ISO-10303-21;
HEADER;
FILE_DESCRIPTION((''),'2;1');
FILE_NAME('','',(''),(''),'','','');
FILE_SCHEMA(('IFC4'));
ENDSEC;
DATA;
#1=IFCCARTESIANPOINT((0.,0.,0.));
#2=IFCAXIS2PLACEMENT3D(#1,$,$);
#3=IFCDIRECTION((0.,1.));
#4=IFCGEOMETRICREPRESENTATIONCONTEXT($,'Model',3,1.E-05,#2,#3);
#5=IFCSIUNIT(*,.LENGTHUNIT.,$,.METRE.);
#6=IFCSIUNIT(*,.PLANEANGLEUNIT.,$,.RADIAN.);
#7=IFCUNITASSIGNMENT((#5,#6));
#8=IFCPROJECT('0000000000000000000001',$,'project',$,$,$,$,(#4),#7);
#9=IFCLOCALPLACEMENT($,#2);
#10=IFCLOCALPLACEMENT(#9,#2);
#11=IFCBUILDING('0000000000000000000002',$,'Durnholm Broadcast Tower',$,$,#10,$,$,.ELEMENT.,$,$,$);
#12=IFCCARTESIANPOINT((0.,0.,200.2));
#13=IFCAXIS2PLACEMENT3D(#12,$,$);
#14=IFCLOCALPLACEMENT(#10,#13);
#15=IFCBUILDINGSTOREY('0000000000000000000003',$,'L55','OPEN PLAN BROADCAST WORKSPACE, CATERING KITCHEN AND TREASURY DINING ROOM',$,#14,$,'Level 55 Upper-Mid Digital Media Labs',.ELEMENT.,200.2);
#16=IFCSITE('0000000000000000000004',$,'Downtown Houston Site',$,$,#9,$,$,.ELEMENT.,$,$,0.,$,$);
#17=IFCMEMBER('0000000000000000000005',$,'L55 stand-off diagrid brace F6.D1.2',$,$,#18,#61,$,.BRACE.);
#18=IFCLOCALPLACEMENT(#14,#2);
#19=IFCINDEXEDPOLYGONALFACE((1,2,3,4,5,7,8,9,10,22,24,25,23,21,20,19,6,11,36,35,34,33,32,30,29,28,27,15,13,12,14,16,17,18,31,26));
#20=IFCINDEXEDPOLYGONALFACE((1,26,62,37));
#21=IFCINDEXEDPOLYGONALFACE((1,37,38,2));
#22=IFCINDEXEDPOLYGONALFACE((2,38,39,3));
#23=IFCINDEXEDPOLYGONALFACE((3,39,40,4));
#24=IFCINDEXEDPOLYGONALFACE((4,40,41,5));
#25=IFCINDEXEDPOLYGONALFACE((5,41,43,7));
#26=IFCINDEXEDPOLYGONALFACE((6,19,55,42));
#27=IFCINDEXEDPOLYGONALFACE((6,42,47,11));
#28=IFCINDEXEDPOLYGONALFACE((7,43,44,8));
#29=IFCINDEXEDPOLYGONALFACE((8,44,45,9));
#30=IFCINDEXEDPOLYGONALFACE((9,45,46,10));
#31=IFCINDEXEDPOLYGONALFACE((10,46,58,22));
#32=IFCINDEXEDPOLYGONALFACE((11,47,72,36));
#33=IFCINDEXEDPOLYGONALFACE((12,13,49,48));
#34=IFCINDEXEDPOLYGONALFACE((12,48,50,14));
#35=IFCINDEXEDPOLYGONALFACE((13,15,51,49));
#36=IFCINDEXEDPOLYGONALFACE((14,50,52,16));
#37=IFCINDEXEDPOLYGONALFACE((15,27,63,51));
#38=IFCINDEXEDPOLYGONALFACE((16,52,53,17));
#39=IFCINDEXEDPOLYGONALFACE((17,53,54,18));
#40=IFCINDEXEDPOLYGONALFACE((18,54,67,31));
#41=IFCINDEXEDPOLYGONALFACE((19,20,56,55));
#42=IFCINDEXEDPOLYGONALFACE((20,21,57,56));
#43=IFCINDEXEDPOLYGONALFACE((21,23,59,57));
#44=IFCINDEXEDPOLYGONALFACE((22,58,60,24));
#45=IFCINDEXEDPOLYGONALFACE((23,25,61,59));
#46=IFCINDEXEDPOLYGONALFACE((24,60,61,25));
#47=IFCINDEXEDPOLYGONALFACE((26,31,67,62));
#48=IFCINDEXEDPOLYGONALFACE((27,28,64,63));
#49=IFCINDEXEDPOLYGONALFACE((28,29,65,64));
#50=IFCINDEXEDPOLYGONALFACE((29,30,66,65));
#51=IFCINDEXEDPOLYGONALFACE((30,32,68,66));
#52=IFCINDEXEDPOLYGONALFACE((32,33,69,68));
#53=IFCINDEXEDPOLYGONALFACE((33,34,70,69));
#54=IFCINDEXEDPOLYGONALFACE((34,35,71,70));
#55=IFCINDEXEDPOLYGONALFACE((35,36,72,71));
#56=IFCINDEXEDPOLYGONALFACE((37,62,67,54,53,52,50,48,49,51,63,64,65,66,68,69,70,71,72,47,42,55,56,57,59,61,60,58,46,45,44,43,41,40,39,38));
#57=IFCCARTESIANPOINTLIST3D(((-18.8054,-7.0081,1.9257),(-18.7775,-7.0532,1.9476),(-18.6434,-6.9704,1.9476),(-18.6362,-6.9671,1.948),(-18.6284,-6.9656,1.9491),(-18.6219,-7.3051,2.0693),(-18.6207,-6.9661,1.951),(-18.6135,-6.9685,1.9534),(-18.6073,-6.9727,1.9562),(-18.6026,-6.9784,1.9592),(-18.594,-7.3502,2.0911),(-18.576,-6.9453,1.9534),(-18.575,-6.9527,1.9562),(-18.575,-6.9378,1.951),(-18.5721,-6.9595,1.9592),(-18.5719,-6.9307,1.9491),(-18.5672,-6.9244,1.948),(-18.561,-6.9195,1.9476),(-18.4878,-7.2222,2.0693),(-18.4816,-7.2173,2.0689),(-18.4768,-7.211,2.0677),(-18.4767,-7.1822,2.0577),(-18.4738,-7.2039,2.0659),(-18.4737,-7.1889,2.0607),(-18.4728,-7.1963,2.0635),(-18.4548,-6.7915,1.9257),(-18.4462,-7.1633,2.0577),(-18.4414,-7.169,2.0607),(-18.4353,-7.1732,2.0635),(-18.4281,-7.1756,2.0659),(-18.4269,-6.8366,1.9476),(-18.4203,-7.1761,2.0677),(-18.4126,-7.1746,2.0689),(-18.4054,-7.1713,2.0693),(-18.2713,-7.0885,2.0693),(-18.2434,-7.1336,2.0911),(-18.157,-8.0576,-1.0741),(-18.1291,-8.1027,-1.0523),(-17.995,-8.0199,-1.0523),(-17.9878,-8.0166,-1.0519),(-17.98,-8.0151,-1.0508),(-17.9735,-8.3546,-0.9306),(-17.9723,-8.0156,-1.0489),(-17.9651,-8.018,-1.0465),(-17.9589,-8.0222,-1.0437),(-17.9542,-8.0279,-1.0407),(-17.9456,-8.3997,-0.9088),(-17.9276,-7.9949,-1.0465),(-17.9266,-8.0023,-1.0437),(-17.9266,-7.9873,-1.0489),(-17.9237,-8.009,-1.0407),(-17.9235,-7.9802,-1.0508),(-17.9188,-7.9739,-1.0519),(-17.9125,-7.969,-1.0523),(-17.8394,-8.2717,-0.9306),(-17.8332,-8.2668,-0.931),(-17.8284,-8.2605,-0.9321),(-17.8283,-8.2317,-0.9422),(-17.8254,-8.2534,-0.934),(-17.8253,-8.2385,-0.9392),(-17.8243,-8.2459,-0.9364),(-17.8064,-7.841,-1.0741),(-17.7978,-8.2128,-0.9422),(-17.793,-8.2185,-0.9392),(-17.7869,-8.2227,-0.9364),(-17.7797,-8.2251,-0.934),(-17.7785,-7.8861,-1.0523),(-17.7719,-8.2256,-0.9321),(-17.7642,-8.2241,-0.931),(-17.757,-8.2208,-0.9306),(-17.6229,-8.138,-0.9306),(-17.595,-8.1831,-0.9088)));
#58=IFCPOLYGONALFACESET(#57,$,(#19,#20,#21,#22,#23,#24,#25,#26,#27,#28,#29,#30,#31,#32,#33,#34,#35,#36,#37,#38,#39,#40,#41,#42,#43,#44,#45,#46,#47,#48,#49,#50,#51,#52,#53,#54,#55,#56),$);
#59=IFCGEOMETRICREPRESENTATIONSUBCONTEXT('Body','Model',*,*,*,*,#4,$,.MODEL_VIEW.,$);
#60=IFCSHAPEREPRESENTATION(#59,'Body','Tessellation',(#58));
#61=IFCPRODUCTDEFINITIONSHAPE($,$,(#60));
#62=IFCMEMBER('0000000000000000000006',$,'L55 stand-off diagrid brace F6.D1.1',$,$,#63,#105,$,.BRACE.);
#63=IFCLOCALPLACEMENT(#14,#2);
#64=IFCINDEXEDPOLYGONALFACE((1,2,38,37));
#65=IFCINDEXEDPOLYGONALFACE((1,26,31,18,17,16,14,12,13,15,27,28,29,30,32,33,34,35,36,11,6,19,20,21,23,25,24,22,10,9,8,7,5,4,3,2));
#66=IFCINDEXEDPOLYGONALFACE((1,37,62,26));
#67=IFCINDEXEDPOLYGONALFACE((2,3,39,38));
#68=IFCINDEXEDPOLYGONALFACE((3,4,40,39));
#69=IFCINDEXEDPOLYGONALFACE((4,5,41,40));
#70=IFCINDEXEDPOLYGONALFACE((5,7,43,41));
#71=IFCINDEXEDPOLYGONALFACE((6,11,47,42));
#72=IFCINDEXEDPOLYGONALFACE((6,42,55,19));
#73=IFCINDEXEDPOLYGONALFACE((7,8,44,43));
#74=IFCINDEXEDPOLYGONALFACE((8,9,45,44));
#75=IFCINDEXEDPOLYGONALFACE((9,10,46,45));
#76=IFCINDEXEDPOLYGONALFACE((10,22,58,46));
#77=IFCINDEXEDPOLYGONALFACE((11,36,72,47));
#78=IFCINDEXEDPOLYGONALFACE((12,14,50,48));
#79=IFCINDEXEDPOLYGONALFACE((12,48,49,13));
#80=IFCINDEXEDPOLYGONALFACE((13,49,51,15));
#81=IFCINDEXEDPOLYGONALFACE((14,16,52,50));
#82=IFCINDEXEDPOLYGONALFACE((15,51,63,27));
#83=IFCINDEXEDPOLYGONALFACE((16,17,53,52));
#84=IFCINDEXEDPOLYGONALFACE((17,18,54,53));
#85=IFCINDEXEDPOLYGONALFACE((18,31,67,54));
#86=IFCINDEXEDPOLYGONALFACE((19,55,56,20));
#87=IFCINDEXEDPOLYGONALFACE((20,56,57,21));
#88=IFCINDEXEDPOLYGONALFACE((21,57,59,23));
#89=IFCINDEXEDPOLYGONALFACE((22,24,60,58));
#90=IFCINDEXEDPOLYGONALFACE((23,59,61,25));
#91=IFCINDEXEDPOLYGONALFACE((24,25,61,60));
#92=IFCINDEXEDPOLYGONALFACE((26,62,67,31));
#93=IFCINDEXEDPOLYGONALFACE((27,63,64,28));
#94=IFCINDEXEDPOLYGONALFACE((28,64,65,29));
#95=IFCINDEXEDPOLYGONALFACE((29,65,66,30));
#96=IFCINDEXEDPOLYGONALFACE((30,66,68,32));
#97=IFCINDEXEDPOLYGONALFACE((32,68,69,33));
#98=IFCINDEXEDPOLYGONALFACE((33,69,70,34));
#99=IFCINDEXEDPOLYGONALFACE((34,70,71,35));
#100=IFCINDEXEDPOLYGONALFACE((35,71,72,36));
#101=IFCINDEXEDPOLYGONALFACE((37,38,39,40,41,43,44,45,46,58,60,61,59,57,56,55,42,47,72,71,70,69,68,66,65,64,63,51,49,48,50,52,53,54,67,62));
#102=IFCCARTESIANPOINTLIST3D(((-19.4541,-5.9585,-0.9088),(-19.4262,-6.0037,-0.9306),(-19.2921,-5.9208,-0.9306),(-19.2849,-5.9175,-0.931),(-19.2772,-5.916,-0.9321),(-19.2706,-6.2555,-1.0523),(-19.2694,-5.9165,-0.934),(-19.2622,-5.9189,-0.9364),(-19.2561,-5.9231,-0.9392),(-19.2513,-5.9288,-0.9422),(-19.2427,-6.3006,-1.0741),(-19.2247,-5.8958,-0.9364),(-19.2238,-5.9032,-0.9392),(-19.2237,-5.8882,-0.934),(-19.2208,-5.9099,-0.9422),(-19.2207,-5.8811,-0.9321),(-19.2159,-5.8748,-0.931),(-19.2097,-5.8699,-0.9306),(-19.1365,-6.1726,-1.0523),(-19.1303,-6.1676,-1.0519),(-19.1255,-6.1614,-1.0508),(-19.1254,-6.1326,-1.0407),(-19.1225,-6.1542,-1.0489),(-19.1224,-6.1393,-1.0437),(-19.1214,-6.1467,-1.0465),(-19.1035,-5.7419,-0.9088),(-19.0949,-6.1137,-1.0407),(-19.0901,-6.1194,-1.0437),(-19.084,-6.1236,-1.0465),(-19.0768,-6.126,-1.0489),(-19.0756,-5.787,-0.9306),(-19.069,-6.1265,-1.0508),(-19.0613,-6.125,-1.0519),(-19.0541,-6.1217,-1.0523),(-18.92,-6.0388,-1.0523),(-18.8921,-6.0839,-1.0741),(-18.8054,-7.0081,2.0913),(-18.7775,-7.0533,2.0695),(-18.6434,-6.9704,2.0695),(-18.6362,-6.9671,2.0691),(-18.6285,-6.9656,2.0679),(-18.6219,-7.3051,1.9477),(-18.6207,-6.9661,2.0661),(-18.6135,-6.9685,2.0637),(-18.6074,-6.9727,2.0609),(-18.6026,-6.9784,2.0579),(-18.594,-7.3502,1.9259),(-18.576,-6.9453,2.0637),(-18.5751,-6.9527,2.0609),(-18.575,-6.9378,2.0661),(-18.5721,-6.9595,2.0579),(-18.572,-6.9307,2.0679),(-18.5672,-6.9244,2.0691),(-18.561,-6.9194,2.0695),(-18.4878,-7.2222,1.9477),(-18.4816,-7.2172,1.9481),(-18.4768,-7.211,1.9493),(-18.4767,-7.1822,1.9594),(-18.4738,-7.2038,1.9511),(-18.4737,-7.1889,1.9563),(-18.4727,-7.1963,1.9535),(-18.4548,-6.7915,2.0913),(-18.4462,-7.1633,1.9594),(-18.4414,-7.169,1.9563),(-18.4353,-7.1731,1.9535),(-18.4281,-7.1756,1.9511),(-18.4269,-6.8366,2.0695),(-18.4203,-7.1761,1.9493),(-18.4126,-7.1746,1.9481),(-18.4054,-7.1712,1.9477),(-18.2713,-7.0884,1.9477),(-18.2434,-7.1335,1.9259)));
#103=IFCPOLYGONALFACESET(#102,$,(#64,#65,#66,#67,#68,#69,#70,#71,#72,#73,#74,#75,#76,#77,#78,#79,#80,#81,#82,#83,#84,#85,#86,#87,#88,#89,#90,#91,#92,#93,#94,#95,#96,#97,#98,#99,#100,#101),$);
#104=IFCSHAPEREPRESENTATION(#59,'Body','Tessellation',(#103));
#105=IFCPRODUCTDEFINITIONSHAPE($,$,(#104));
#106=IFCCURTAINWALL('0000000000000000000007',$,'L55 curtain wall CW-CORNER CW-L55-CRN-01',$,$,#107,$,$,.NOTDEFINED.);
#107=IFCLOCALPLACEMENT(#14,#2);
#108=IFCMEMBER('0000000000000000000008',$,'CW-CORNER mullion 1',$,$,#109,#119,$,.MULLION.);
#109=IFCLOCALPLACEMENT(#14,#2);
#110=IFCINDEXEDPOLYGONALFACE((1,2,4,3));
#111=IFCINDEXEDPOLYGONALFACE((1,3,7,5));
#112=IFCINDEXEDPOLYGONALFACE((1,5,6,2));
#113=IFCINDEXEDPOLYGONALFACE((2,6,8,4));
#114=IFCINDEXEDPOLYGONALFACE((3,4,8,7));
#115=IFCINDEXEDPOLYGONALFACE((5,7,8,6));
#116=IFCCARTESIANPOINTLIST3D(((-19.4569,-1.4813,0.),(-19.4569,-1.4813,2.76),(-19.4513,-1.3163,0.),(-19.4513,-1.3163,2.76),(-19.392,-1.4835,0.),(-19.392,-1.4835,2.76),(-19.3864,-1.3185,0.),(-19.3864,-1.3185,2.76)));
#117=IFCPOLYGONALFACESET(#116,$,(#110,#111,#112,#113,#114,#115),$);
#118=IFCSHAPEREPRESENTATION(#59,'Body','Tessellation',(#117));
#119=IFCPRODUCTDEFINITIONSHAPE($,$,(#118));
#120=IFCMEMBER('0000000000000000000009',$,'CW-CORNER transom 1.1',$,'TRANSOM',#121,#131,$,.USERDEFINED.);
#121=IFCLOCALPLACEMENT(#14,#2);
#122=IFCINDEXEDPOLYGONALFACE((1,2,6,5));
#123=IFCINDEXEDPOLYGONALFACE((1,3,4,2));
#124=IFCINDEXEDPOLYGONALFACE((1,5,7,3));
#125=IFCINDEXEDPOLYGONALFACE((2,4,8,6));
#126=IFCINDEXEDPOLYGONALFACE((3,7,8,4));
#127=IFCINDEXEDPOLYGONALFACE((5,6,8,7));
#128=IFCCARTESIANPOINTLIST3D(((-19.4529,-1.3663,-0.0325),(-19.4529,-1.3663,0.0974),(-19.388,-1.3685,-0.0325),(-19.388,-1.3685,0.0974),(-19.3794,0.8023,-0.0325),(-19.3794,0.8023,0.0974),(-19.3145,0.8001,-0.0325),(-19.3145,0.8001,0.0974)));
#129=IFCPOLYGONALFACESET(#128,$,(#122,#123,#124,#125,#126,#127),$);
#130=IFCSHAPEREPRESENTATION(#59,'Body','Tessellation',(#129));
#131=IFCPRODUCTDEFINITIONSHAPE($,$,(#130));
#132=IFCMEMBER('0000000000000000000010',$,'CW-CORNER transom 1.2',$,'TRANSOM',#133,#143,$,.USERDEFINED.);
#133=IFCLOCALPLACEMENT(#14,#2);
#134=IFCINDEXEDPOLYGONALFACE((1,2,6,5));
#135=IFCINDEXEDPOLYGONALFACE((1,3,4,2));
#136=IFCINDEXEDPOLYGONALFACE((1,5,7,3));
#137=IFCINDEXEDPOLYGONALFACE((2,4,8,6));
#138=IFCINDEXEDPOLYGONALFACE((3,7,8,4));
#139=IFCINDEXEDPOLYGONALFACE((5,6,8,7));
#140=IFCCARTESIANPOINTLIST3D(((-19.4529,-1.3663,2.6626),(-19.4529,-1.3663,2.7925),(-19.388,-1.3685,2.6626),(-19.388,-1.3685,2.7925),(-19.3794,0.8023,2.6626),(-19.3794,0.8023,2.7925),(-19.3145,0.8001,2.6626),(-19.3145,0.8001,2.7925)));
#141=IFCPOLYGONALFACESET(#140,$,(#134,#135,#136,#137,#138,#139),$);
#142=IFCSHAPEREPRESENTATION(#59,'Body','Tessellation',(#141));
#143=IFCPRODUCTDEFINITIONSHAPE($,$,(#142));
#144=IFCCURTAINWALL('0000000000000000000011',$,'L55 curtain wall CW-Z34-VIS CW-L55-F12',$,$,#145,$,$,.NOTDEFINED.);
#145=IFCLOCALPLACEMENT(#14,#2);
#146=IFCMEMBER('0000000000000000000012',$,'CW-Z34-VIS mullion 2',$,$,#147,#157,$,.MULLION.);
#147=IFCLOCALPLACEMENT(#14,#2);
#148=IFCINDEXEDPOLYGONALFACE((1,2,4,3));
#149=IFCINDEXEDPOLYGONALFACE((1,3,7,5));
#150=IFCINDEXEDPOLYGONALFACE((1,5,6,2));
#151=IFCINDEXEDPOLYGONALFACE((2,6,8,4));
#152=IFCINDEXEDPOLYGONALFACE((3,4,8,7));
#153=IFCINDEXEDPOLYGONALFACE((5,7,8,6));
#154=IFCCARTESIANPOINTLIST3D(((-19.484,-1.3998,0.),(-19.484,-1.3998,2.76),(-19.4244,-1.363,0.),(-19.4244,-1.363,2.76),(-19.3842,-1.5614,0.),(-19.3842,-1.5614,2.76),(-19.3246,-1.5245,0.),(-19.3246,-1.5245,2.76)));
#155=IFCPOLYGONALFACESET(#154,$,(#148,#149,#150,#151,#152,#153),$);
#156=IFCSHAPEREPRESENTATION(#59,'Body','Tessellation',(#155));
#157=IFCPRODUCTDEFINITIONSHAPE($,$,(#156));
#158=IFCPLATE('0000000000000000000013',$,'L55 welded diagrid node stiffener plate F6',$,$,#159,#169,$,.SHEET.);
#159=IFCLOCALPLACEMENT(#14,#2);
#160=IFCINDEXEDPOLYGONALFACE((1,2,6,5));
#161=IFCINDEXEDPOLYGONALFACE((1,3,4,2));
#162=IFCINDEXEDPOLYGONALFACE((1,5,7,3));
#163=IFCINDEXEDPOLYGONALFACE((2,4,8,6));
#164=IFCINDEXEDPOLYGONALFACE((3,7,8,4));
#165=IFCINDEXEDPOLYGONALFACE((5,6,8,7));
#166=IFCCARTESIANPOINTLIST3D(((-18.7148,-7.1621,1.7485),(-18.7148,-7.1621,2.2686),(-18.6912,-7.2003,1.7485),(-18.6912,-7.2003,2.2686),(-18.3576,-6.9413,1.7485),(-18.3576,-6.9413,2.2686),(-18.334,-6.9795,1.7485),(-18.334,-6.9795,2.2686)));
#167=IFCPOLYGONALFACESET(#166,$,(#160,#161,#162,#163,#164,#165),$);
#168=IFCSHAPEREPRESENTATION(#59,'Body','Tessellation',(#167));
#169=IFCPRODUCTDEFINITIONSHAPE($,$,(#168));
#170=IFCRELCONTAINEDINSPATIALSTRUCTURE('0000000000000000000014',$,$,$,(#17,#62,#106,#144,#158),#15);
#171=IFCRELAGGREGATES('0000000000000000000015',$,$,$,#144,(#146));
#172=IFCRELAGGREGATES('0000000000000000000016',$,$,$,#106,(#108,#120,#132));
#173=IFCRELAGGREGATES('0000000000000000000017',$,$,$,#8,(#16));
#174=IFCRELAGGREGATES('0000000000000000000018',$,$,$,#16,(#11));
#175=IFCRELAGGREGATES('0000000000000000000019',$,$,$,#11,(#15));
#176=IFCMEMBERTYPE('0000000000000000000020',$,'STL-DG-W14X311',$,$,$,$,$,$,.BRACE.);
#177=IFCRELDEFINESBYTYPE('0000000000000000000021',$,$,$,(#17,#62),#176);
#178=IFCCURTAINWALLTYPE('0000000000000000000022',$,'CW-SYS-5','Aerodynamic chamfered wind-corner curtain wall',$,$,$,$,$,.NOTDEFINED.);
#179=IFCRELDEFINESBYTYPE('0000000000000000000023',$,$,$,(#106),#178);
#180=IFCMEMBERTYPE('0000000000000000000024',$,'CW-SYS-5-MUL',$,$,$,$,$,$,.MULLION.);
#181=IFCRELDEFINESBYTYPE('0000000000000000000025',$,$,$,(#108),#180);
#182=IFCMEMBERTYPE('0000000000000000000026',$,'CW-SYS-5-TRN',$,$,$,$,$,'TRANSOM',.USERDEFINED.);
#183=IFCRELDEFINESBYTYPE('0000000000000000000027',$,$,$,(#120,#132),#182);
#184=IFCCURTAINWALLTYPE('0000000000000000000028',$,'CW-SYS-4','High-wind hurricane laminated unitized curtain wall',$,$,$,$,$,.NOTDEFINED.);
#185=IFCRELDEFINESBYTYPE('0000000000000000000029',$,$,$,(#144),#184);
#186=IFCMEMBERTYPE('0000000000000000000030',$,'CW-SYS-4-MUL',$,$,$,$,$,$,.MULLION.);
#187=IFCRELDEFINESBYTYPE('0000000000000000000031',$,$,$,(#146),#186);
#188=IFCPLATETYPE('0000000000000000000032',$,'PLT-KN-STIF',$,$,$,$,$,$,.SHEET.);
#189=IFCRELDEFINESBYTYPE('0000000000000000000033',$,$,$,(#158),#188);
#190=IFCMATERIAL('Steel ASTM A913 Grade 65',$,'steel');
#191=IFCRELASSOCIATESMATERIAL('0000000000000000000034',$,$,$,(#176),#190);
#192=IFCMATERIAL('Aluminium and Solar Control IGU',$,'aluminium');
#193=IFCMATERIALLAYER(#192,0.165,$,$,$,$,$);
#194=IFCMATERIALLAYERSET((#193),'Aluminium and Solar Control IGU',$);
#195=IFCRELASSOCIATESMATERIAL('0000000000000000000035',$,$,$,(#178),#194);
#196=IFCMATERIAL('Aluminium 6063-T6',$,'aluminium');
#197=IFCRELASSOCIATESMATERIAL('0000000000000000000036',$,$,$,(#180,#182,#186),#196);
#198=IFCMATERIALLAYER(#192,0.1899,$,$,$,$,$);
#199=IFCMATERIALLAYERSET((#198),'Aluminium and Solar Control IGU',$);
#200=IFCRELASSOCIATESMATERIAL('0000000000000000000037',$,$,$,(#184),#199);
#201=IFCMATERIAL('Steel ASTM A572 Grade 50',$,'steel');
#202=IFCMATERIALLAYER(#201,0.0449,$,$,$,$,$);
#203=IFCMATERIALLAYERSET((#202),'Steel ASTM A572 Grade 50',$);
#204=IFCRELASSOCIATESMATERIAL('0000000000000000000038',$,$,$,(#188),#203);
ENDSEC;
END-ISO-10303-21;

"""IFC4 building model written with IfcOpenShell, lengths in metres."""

from ifc_helpers import new_model, si_unit, direction, frame, origin, origin_2d, place, context, subcontext, project, spatial, rectangle, i_section, extrude, source, transform, mapped, material, layer, layer_set, material_profile, profile_set, type_object, type_shapes, element, aggregate, save


model = new_model("IFC4")

# Units and contexts
model_context = context("Model", 3, precision=1e-05, world=origin(), true_north=direction((0.0, 1.0)))
body_context = subcontext(model_context, "Body", "Model", "MODEL_VIEW")
ifc_project = project(units=[si_unit("LENGTHUNIT", "METRE"), si_unit("PLANEANGLEUNIT", "RADIAN")], contexts=[model_context])

# Site, building, storey
site_placement = place(None, origin())
site = spatial("IfcSite", under=ifc_project, at=site_placement, Name="Downtown Houston Site", CompositionType="ELEMENT", RefElevation=0.0)
building_placement = place(site_placement, origin())
building = spatial("IfcBuilding", under=site, at=building_placement, Name="Durnholm Broadcast Tower", CompositionType="ELEMENT")
storey_placement = place(building_placement, frame((0.0, 0.0, 200.2)))
storey = spatial("IfcBuildingStorey", under=building, at=storey_placement, Name="L55", Description="OPEN PLAN BROADCAST WORKSPACE, CATERING KITCHEN AND TREASURY DINING ROOM", LongName="Level 55 Upper-Mid Digital Media Labs", CompositionType="ELEMENT", Elevation=200.2)

# Members
ifc_material_1 = material(Name="Steel ASTM A913 Grade 65", Category="steel")
ifc_material_profile_1 = material_profile(ifc_material_1, i_section(OverallWidth=0.4121, OverallDepth=0.4348, WebThickness=0.0359, FlangeThickness=0.0574, FilletRadius=0.0305, at=origin_2d()), Name="W14X311")
ifc_profile_set_1 = profile_set([ifc_material_profile_1], Name="Steel ASTM A913 Grade 65")
member_type_1 = type_object("IfcMemberType", Name="STL-DG-W14X311", PredefinedType="BRACE", material=ifc_profile_set_1)
shared_shape_1 = source(origin(), body_context, "Body", "SweptSolid", [
    extrude(i_section(OverallWidth=0.4121, OverallDepth=0.4348, WebThickness=0.0359, FlangeThickness=0.0574, FilletRadius=0.0305, at=origin_2d()), origin(), (0.0, 0.0, 1.0), 3.2437),
])
member_1_placement = place(storey_placement, frame((-17.876, -8.1204, -0.9915), z_axis=(-0.199902, 0.323562, 0.92485), x_axis=(-0.850733, -0.525598, 0.0)))
element("IfcMember", 1, at=member_1_placement, inside=storey, type_object=member_type_1, Name="L55 stand-off diagrid brace F6.D1.2", PredefinedType="BRACE", context=body_context, shape_type="MappedRepresentation", body=[
    mapped(shared_shape_1, transform((0.0, 0.0, 0.0), x_axis=(1.0, 0.0, 0.0), y_axis=(0.0, 1.0, 0.0), z_axis=(0.0, 0.0, 1.0), scale=1.0)),
])
shared_shape_2 = source(origin(), body_context, "Body", "SweptSolid", [
    extrude(i_section(OverallWidth=0.4121, OverallDepth=0.4348, WebThickness=0.0359, FlangeThickness=0.0574, FilletRadius=0.0305, at=origin_2d()), origin(), (0.0, 0.0, 1.0), 3.2439),
])
type_shapes(member_type_1, [shared_shape_1, shared_shape_2])
member_2_placement = place(storey_placement, frame((-19.1731, -6.0212, -0.9915), z_axis=(0.199975, -0.323557, 0.924836), x_axis=(0.850644, 0.525741, 0.0)))
element("IfcMember", 2, at=member_2_placement, inside=storey, type_object=member_type_1, Name="L55 stand-off diagrid brace F6.D1.1", PredefinedType="BRACE", context=body_context, shape_type="MappedRepresentation", body=[
    mapped(shared_shape_2, transform((0.0, 0.0, 0.0), x_axis=(1.0, 0.0, 0.0), y_axis=(0.0, 1.0, 0.0), z_axis=(0.0, 0.0, 1.0), scale=1.0)),
])

# Curtain wall, members
ifc_material_2 = material(Name="Aluminium and Solar Control IGU", Category="aluminium")
ifc_layer_1 = layer(ifc_material_2, 0.165)
ifc_layer_set_1 = layer_set([ifc_layer_1], Name="Aluminium and Solar Control IGU")
curtain_wall_type_1 = type_object("IfcCurtainWallType", Name="CW-SYS-5", Description="Aerodynamic chamfered wind-corner curtain wall", PredefinedType="NOTDEFINED", material=ifc_layer_set_1)
curtain_wall_1_placement = place(storey_placement, origin())
curtain_wall_1 = element("IfcCurtainWall", 3, at=curtain_wall_1_placement, inside=storey, type_object=curtain_wall_type_1, Name="L55 curtain wall CW-CORNER CW-L55-CRN-01", PredefinedType="NOTDEFINED")
ifc_material_3 = material(Name="Aluminium 6063-T6", Category="aluminium")
ifc_material_profile_2 = material_profile(ifc_material_3, rectangle(XDim=0.0649, YDim=0.165, at=origin_2d()), Name="CWM65X165")
ifc_profile_set_2 = profile_set([ifc_material_profile_2], Name="Aluminium 6063-T6")
member_type_2 = type_object("IfcMemberType", Name="CW-SYS-5-MUL", PredefinedType="MULLION", material=ifc_profile_set_2)
shared_shape_3 = source(origin(), body_context, "Body", "SweptSolid", [
    extrude(rectangle(XDim=0.0649, YDim=0.165, at=origin_2d()), origin(), (0.0, 0.0, 1.0), 2.76),
])
type_shapes(member_type_2, [shared_shape_3])
member_3_placement = place(storey_placement, frame((-19.4216, -1.3999, 0.0), z_axis=(0.0, 0.0, 1.0), x_axis=(-0.999425, 0.033913, 0.0)))
member_3 = element("IfcMember", 4, at=member_3_placement, type_object=member_type_2, Name="CW-CORNER mullion 1", PredefinedType="MULLION", context=body_context, shape_type="MappedRepresentation", body=[
    mapped(shared_shape_3, transform((0.0, 0.0, 0.0), x_axis=(1.0, 0.0, 0.0), y_axis=(0.0, 1.0, 0.0), z_axis=(0.0, 0.0, 1.0), scale=1.0)),
])
ifc_material_profile_3 = material_profile(ifc_material_3, rectangle(XDim=0.0649, YDim=0.1299, at=origin_2d()), Name="CWT65X130")
ifc_profile_set_3 = profile_set([ifc_material_profile_3], Name="Aluminium 6063-T6")
member_type_3 = type_object("IfcMemberType", Name="CW-SYS-5-TRN", ElementType="TRANSOM", PredefinedType="USERDEFINED", material=ifc_profile_set_3)
shared_shape_4 = source(origin(), body_context, "Body", "SweptSolid", [
    extrude(rectangle(XDim=0.0649, YDim=0.1299, at=origin_2d()), origin(), (0.0, 0.0, 1.0), 2.1699),
])
type_shapes(member_type_3, [shared_shape_4])
member_4_placement = place(storey_placement, frame((-19.4204, -1.3674, 0.0325), z_axis=(0.033866, 0.999426, 0.0), x_axis=(-0.999426, 0.033866, 0.0)))
member_4 = element("IfcMember", 5, at=member_4_placement, type_object=member_type_3, Name="CW-CORNER transom 1.1", ObjectType="TRANSOM", PredefinedType="USERDEFINED", context=body_context, shape_type="MappedRepresentation", body=[
    mapped(shared_shape_4, transform((0.0, 0.0, 0.0), x_axis=(1.0, 0.0, 0.0), y_axis=(0.0, 1.0, 0.0), z_axis=(0.0, 0.0, 1.0), scale=1.0)),
])
member_5_placement = place(storey_placement, frame((-19.4204, -1.3674, 2.7275), z_axis=(0.033866, 0.999426, 0.0), x_axis=(-0.999426, 0.033866, 0.0)))
member_5 = element("IfcMember", 6, at=member_5_placement, type_object=member_type_3, Name="CW-CORNER transom 1.2", ObjectType="TRANSOM", PredefinedType="USERDEFINED", context=body_context, shape_type="MappedRepresentation", body=[
    mapped(shared_shape_4, transform((0.0, 0.0, 0.0), x_axis=(1.0, 0.0, 0.0), y_axis=(0.0, 1.0, 0.0), z_axis=(0.0, 0.0, 1.0), scale=1.0)),
])

# Curtain wall, member
ifc_layer_2 = layer(ifc_material_2, 0.1899)
ifc_layer_set_2 = layer_set([ifc_layer_2], Name="Aluminium and Solar Control IGU")
curtain_wall_type_2 = type_object("IfcCurtainWallType", Name="CW-SYS-4", Description="High-wind hurricane laminated unitized curtain wall", PredefinedType="NOTDEFINED", material=ifc_layer_set_2)
curtain_wall_2_placement = place(storey_placement, origin())
curtain_wall_2 = element("IfcCurtainWall", 7, at=curtain_wall_2_placement, inside=storey, type_object=curtain_wall_type_2, Name="L55 curtain wall CW-Z34-VIS CW-L55-F12", PredefinedType="NOTDEFINED")
ifc_material_profile_4 = material_profile(ifc_material_3, rectangle(XDim=0.0701, YDim=0.1899, at=origin_2d()), Name="CWM70X190")
ifc_profile_set_4 = profile_set([ifc_material_profile_4], Name="Aluminium 6063-T6")
member_type_4 = type_object("IfcMemberType", Name="CW-SYS-4-MUL", PredefinedType="MULLION", material=ifc_profile_set_4)
shared_shape_5 = source(origin(), body_context, "Body", "SweptSolid", [
    extrude(rectangle(XDim=0.0701, YDim=0.1899, at=origin_2d()), origin(), (0.0, 0.0, 1.0), 2.76),
])
type_shapes(member_type_4, [shared_shape_5])
member_6_placement = place(storey_placement, frame((-19.4043, -1.4622, 0.0), z_axis=(0.0, 0.0, 1.0), x_axis=(-0.850671, -0.525698, 0.0)))
member_6 = element("IfcMember", 8, at=member_6_placement, type_object=member_type_4, Name="CW-Z34-VIS mullion 2", PredefinedType="MULLION", context=body_context, shape_type="MappedRepresentation", body=[
    mapped(shared_shape_5, transform((0.0, 0.0, 0.0), x_axis=(1.0, 0.0, 0.0), y_axis=(0.0, 1.0, 0.0), z_axis=(0.0, 0.0, 1.0), scale=1.0)),
])
aggregate(curtain_wall_2, [member_6])

# Plate
ifc_material_4 = material(Name="Steel ASTM A572 Grade 50", Category="steel")
ifc_layer_3 = layer(ifc_material_4, 0.0449)
ifc_layer_set_3 = layer_set([ifc_layer_3], Name="Steel ASTM A572 Grade 50")
plate_type_1 = type_object("IfcPlateType", Name="PLT-KN-STIF", PredefinedType="SHEET", material=ifc_layer_set_3)
shared_shape_6 = source(origin(), body_context, "Body", "SweptSolid", [
    extrude(rectangle(XDim=0.0449, YDim=0.4199, at=origin_2d()), origin(), (0.0, 0.0, 1.0), 0.52),
])
type_shapes(plate_type_1, [shared_shape_6])
plate_1_placement = place(storey_placement, frame((-18.5244, -7.0708, 1.7485), z_axis=(0.0, 0.0, 1.0), x_axis=(0.525769, -0.850628, 0.0)))
element("IfcPlate", 9, at=plate_1_placement, inside=storey, type_object=plate_type_1, Name="L55 welded diagrid node stiffener plate F6", PredefinedType="SHEET", context=body_context, shape_type="MappedRepresentation", body=[
    mapped(shared_shape_6, transform((0.0, 0.0, 0.0), x_axis=(1.0, 0.0, 0.0), y_axis=(0.0, 1.0, 0.0), z_axis=(0.0, 0.0, 1.0), scale=1.0)),
])

aggregate(curtain_wall_1, [member_3, member_4, member_5])

save(model, "model.ifc")
